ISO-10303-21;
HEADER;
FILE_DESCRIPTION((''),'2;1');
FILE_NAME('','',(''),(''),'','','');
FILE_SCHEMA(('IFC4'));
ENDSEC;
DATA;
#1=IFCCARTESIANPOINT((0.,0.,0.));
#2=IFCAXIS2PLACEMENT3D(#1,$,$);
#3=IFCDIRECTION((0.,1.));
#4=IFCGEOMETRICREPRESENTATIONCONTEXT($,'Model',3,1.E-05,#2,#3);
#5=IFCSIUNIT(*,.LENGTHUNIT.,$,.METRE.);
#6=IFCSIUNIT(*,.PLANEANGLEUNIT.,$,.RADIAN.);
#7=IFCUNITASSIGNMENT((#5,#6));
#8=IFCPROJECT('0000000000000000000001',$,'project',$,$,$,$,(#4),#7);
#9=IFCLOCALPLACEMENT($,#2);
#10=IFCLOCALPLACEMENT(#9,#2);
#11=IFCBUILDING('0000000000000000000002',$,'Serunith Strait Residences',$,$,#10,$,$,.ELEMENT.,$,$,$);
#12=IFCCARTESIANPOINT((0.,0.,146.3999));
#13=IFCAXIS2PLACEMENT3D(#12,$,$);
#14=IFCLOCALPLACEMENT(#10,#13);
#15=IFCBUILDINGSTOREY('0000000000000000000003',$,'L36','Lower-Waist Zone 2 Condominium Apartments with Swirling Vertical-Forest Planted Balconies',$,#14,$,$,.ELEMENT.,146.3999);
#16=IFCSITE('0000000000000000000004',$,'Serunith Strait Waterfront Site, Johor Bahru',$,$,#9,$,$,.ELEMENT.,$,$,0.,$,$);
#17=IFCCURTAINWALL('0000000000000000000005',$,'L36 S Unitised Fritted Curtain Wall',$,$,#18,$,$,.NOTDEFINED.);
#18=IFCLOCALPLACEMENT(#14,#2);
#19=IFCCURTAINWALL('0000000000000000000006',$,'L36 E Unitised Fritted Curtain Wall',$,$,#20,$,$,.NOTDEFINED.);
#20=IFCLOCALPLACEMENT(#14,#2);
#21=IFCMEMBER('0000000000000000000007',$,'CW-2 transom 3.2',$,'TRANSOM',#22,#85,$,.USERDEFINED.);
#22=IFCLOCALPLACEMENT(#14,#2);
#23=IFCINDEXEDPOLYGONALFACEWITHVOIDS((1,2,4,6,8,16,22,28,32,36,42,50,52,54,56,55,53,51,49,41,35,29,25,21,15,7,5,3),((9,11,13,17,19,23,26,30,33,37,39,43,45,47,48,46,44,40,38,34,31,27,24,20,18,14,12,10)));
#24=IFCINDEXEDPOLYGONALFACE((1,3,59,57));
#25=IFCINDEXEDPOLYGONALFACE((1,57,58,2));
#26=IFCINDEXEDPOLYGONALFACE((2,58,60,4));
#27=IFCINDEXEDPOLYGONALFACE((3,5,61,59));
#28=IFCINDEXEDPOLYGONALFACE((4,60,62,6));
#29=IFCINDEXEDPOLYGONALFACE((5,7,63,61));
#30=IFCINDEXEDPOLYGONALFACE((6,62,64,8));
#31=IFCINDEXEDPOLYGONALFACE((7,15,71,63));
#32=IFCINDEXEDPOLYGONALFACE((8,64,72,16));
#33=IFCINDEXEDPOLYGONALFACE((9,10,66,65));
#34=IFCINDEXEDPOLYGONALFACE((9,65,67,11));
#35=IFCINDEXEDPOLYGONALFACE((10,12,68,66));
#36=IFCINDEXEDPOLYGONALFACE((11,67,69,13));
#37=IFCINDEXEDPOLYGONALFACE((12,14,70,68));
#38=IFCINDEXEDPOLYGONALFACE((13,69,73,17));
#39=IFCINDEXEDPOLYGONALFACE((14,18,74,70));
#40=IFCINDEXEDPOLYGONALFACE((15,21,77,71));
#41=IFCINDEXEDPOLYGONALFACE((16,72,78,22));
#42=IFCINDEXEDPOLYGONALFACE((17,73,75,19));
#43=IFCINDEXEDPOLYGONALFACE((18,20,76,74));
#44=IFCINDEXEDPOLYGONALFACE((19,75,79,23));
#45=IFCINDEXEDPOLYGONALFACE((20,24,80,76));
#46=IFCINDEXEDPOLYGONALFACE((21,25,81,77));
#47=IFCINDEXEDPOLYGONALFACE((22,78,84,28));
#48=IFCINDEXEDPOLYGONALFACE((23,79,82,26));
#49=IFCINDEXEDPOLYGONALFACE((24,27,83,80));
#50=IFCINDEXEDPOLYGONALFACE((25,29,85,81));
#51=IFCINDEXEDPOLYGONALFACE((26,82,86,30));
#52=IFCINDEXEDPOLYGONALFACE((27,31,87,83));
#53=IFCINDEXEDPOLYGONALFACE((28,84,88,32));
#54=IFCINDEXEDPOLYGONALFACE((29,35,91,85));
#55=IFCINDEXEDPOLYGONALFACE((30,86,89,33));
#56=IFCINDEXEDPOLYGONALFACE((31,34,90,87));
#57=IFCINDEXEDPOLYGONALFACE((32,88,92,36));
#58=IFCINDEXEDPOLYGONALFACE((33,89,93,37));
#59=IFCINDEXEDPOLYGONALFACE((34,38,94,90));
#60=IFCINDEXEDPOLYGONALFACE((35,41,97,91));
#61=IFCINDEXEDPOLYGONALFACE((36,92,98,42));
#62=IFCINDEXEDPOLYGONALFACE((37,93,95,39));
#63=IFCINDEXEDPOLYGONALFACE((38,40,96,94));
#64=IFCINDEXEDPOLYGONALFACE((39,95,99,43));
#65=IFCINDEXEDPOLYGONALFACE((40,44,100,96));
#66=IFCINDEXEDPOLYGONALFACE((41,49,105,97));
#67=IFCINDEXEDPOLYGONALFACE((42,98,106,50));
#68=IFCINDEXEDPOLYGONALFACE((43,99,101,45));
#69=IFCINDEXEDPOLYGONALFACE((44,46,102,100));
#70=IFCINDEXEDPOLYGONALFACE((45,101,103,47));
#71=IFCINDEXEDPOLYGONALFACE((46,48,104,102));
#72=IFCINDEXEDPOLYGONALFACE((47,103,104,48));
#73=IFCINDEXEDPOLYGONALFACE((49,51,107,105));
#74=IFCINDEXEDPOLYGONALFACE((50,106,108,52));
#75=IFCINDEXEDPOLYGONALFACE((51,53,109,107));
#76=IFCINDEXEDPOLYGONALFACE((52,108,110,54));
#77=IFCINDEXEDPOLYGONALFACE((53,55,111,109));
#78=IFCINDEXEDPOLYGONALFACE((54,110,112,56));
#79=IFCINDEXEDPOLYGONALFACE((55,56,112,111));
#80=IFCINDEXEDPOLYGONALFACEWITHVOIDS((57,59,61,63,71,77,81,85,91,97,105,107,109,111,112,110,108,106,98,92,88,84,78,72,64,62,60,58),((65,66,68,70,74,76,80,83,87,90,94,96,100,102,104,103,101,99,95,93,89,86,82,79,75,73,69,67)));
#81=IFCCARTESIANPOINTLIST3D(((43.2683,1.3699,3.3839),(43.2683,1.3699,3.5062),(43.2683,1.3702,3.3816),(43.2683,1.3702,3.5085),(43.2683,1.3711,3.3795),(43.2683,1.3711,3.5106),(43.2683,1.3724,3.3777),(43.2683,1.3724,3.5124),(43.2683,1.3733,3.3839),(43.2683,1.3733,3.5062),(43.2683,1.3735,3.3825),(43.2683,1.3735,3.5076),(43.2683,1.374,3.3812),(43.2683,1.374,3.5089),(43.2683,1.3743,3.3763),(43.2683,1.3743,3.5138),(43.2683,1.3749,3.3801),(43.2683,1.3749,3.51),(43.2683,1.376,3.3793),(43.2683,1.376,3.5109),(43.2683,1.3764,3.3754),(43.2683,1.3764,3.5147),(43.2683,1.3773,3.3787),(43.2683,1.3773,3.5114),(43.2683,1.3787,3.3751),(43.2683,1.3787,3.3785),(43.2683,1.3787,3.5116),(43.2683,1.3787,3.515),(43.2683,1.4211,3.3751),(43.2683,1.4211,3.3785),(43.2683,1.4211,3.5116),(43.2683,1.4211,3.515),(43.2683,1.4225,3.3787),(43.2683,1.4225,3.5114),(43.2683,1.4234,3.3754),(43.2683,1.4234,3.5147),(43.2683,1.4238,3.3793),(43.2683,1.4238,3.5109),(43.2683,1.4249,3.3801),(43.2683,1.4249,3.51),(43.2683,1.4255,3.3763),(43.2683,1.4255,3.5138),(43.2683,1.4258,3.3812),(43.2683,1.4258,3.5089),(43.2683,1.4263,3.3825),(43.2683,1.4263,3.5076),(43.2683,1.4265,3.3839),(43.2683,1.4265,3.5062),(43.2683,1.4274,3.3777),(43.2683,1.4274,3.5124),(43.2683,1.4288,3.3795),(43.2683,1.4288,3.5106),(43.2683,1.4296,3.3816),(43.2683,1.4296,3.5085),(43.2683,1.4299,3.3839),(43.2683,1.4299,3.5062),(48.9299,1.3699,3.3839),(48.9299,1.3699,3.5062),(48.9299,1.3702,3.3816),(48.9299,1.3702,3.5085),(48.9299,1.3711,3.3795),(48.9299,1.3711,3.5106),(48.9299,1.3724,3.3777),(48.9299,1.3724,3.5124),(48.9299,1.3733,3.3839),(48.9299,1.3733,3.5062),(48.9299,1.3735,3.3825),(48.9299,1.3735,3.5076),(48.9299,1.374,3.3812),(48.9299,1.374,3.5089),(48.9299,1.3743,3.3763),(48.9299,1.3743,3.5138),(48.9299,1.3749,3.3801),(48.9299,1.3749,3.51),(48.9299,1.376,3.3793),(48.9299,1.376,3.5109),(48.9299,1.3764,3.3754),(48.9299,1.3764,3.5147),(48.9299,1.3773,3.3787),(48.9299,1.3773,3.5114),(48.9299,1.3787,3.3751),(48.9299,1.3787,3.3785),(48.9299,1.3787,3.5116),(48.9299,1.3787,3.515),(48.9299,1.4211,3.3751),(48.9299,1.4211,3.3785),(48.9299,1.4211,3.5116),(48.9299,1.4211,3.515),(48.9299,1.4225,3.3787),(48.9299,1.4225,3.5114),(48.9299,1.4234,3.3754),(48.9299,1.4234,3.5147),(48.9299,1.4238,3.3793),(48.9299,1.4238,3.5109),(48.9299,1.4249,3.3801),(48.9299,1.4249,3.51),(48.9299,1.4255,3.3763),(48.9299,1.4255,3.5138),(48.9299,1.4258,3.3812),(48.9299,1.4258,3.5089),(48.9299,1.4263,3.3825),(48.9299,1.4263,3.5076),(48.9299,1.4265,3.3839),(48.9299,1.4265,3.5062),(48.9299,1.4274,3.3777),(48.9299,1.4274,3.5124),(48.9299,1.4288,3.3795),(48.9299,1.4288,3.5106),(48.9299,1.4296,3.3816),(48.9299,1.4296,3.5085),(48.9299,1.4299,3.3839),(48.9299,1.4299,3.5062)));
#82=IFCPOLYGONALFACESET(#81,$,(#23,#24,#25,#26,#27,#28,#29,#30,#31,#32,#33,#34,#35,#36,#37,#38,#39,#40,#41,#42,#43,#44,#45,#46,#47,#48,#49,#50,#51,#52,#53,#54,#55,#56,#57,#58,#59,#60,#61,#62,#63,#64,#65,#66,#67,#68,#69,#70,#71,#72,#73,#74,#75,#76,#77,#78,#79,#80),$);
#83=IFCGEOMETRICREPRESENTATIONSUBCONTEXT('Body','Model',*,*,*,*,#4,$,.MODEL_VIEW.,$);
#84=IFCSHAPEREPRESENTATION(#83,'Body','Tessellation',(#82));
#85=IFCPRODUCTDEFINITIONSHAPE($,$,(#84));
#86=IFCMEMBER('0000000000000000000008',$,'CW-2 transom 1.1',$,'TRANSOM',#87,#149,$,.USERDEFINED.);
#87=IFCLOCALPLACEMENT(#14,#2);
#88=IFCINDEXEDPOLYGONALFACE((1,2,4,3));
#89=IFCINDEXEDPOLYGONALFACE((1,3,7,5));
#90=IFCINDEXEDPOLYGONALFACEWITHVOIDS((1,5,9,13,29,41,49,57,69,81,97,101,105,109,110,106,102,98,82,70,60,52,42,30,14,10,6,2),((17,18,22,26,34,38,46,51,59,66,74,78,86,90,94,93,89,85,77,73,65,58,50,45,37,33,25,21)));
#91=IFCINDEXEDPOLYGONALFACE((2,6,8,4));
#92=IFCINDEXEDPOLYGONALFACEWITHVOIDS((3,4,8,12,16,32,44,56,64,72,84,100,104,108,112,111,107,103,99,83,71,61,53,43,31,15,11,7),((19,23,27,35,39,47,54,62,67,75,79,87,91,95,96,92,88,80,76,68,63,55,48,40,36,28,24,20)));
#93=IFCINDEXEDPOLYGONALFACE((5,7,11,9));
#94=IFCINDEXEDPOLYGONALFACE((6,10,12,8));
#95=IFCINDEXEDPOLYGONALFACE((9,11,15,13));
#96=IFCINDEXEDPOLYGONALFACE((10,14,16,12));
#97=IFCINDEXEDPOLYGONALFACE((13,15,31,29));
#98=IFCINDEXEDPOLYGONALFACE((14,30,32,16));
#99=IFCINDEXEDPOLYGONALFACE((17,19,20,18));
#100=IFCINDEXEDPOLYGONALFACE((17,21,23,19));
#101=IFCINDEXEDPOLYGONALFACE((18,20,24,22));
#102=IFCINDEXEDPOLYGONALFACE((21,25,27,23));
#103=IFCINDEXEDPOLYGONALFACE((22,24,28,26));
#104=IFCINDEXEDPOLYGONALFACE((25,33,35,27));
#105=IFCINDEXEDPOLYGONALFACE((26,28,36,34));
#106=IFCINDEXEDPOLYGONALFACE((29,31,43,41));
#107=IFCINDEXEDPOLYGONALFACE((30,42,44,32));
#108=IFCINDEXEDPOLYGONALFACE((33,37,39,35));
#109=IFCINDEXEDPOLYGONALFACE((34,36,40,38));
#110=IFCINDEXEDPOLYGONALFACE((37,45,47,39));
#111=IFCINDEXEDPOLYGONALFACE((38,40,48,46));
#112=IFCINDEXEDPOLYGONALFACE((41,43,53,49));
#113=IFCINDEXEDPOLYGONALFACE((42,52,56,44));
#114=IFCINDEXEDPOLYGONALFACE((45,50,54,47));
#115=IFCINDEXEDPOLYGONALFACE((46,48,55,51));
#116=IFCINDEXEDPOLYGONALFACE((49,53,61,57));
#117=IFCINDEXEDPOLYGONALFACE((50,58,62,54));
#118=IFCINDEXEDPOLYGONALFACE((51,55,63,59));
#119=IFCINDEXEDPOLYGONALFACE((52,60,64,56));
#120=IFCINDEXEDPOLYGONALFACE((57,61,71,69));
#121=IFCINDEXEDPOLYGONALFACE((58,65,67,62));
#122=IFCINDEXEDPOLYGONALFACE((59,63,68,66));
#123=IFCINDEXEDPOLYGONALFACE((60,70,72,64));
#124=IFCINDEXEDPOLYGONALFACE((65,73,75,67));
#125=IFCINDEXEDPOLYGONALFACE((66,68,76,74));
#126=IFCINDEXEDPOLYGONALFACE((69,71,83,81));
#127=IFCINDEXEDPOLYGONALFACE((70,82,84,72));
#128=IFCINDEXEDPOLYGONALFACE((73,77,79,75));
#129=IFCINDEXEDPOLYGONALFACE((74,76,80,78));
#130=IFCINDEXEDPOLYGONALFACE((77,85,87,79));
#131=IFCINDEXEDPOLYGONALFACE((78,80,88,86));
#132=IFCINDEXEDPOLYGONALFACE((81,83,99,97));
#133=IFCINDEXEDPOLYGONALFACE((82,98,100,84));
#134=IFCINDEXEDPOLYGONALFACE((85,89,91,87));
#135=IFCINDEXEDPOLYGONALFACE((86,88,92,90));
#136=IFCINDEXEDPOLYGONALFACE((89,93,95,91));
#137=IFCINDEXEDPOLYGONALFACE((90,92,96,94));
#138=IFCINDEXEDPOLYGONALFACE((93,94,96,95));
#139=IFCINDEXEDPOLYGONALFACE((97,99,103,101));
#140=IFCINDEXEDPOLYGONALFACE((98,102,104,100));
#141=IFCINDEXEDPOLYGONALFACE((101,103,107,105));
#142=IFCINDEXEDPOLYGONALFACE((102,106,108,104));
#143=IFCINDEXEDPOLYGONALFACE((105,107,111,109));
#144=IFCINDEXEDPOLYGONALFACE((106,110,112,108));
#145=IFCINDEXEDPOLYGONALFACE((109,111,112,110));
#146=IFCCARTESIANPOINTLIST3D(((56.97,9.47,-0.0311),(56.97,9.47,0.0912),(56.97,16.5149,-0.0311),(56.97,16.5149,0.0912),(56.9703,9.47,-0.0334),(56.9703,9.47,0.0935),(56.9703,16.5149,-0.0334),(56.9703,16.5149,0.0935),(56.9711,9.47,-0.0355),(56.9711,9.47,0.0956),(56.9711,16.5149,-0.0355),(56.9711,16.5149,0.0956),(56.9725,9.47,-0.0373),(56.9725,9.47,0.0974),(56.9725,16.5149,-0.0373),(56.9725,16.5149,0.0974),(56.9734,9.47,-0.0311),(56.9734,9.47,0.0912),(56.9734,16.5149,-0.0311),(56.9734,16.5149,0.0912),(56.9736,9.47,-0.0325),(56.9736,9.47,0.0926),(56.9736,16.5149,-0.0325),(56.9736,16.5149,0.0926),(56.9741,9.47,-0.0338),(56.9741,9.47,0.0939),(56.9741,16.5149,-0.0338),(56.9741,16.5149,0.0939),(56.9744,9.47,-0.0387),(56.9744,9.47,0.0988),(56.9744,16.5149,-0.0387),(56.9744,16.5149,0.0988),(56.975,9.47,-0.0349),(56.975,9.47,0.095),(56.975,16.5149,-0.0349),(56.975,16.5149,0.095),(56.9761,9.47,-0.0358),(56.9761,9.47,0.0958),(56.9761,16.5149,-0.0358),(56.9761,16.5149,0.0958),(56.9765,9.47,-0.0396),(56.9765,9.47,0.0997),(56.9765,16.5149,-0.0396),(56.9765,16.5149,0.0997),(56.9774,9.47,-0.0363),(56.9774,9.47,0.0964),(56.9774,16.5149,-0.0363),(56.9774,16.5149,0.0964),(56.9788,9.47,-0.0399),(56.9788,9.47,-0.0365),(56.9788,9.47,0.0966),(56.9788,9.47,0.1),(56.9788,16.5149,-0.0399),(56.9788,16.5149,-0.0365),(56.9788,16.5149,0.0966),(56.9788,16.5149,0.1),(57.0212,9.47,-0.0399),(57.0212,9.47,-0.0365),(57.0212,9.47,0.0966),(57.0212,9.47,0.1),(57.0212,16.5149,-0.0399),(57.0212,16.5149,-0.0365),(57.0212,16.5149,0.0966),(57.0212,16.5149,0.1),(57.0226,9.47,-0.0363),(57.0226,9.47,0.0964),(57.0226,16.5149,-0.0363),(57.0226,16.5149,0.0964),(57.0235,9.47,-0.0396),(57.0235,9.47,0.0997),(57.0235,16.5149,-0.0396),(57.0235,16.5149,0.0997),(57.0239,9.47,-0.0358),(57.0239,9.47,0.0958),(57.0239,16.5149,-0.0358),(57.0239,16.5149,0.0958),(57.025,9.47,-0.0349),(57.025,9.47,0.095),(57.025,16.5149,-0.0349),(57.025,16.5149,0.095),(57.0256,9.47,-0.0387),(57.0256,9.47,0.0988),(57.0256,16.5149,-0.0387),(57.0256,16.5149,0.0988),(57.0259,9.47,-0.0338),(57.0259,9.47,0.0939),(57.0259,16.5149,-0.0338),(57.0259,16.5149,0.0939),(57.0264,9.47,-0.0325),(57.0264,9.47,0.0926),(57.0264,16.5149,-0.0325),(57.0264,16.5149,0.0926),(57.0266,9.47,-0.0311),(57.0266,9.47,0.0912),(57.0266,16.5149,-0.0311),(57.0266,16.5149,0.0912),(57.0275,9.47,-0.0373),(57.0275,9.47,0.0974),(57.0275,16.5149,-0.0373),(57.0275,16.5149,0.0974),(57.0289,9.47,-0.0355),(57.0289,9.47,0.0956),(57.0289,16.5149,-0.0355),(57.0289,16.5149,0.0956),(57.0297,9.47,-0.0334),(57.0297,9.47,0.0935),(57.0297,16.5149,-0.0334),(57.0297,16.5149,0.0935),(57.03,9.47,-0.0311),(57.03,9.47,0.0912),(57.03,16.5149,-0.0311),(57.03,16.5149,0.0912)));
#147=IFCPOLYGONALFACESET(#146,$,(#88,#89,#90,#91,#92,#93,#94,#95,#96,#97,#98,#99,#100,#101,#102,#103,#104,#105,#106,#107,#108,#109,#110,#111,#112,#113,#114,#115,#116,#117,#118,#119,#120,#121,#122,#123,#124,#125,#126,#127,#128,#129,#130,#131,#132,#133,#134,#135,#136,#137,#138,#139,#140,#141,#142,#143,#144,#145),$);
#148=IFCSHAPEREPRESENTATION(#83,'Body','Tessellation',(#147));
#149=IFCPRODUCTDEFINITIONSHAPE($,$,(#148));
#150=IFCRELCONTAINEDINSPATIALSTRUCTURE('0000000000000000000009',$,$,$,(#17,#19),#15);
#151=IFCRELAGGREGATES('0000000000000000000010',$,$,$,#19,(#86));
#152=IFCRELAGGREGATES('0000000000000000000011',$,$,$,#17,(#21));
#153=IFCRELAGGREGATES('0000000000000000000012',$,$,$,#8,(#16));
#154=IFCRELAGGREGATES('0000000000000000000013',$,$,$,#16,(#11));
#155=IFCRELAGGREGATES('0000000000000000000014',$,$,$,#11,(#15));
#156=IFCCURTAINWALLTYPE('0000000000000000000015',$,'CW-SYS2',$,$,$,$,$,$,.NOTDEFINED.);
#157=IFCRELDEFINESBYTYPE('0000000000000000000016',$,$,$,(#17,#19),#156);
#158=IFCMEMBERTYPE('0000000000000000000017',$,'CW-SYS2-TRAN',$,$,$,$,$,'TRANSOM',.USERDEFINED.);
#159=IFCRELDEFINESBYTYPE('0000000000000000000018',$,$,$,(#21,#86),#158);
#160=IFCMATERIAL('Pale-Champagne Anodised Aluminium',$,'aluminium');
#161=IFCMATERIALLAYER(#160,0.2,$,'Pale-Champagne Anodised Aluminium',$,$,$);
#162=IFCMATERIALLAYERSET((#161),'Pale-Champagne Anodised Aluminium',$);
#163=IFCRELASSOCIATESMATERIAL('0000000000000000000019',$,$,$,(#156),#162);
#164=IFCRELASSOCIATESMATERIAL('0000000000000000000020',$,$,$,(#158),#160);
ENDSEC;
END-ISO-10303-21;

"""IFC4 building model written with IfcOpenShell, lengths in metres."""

from ifc_helpers import new_model, si_unit, direction, frame, origin, origin_2d, place, context, subcontext, project, spatial, hollow_rectangle, extrude, source, transform, mapped, material, layer, layer_set, material_profile, profile_set, type_object, element, aggregate, save


model = new_model("IFC4")

# Units and contexts
model_context = context("Model", 3, precision=1e-05, world=origin(), true_north=direction((0.0, 1.0)))
body_context = subcontext(model_context, "Body", "Model", "MODEL_VIEW")
ifc_project = project(units=[si_unit("LENGTHUNIT", "METRE"), si_unit("PLANEANGLEUNIT", "RADIAN")], contexts=[model_context])

# Site, building, storey
site_placement = place(None, origin())
site = spatial("IfcSite", under=ifc_project, at=site_placement, Name="Serunith Strait Waterfront Site, Johor Bahru", CompositionType="ELEMENT", RefElevation=0.0)
building_placement = place(site_placement, origin())
building = spatial("IfcBuilding", under=site, at=building_placement, Name="Serunith Strait Residences", CompositionType="ELEMENT")
storey_placement = place(building_placement, frame((0.0, 0.0, 146.3999)))
storey = spatial("IfcBuildingStorey", under=building, at=storey_placement, Name="L36", Description="Lower-Waist Zone 2 Condominium Apartments with Swirling Vertical-Forest Planted Balconies", CompositionType="ELEMENT", Elevation=146.3999)

# Curtain wall
ifc_material_1 = material(Name="Pale-Champagne Anodised Aluminium", Category="aluminium")
ifc_layer_1 = layer(ifc_material_1, 0.2, Name="Pale-Champagne Anodised Aluminium")
ifc_layer_set_1 = layer_set([ifc_layer_1], Name="Pale-Champagne Anodised Aluminium")
curtain_wall_type = type_object("IfcCurtainWallType", Name="CW-SYS2", PredefinedType="NOTDEFINED", material=ifc_layer_set_1)
curtain_wall_1_placement = place(storey_placement, origin())
curtain_wall_1 = element("IfcCurtainWall", 1, at=curtain_wall_1_placement, inside=storey, type_object=curtain_wall_type, Name="L36 S Unitised Fritted Curtain Wall", PredefinedType="NOTDEFINED")

# Curtain wall
curtain_wall_2_placement = place(storey_placement, origin())
curtain_wall_2 = element("IfcCurtainWall", 2, at=curtain_wall_2_placement, inside=storey, type_object=curtain_wall_type, Name="L36 E Unitised Fritted Curtain Wall", PredefinedType="NOTDEFINED")

# Members
ifc_material_profile_1 = material_profile(ifc_material_1, hollow_rectangle(XDim=0.0601, YDim=0.1399, WallThickness=0.0034, InnerFilletRadius=0.0054, OuterFilletRadius=0.0088, at=origin_2d()), Name="ALU 140x60x3.5")
ifc_profile_set_1 = profile_set([ifc_material_profile_1], Name="Pale-Champagne Anodised Aluminium")
member_type_1 = type_object("IfcMemberType", Name="CW-SYS2-TRAN", ElementType="TRANSOM", PredefinedType="USERDEFINED", material=ifc_profile_set_1)
shared_shape_1 = source(origin(), body_context, "Body", "SweptSolid", [
    extrude(hollow_rectangle(XDim=0.0601, YDim=0.1399, WallThickness=0.0034, InnerFilletRadius=0.0054, OuterFilletRadius=0.0088, at=origin_2d()), origin(), (0.0, 0.0, 1.0), 5.6616),
])
member_1_placement = place(storey_placement, frame((43.2683, 1.3999, 3.4451), z_axis=(1.0, 0.0, 0.0), x_axis=(0.0, 1.0, 0.0)))
member_1 = element("IfcMember", 3, at=member_1_placement, type_object=member_type_1, Name="CW-2 transom 3.2", ObjectType="TRANSOM", PredefinedType="USERDEFINED", context=body_context, shape_type="MappedRepresentation", body=[
    mapped(shared_shape_1, transform((0.0, 0.0, 0.0), scale=1.0)),
])
shared_shape_2 = source(origin(), body_context, "Body", "SweptSolid", [
    extrude(hollow_rectangle(XDim=0.0601, YDim=0.1399, WallThickness=0.0034, InnerFilletRadius=0.0054, OuterFilletRadius=0.0088, at=origin_2d()), origin(), (0.0, 0.0, 1.0), 7.0449),
])
member_2_placement = place(storey_placement, frame((57.0, 9.47, 0.03), z_axis=(0.0, 1.0, 0.0), x_axis=(-1.0, 0.0, 0.0)))
member_2 = element("IfcMember", 4, at=member_2_placement, type_object=member_type_1, Name="CW-2 transom 1.1", ObjectType="TRANSOM", PredefinedType="USERDEFINED", context=body_context, shape_type="MappedRepresentation", body=[
    mapped(shared_shape_2, transform((0.0, 0.0, 0.0), scale=1.0)),
])
aggregate(curtain_wall_2, [member_2])

aggregate(curtain_wall_1, [member_1])

save(model, "model.ifc")
